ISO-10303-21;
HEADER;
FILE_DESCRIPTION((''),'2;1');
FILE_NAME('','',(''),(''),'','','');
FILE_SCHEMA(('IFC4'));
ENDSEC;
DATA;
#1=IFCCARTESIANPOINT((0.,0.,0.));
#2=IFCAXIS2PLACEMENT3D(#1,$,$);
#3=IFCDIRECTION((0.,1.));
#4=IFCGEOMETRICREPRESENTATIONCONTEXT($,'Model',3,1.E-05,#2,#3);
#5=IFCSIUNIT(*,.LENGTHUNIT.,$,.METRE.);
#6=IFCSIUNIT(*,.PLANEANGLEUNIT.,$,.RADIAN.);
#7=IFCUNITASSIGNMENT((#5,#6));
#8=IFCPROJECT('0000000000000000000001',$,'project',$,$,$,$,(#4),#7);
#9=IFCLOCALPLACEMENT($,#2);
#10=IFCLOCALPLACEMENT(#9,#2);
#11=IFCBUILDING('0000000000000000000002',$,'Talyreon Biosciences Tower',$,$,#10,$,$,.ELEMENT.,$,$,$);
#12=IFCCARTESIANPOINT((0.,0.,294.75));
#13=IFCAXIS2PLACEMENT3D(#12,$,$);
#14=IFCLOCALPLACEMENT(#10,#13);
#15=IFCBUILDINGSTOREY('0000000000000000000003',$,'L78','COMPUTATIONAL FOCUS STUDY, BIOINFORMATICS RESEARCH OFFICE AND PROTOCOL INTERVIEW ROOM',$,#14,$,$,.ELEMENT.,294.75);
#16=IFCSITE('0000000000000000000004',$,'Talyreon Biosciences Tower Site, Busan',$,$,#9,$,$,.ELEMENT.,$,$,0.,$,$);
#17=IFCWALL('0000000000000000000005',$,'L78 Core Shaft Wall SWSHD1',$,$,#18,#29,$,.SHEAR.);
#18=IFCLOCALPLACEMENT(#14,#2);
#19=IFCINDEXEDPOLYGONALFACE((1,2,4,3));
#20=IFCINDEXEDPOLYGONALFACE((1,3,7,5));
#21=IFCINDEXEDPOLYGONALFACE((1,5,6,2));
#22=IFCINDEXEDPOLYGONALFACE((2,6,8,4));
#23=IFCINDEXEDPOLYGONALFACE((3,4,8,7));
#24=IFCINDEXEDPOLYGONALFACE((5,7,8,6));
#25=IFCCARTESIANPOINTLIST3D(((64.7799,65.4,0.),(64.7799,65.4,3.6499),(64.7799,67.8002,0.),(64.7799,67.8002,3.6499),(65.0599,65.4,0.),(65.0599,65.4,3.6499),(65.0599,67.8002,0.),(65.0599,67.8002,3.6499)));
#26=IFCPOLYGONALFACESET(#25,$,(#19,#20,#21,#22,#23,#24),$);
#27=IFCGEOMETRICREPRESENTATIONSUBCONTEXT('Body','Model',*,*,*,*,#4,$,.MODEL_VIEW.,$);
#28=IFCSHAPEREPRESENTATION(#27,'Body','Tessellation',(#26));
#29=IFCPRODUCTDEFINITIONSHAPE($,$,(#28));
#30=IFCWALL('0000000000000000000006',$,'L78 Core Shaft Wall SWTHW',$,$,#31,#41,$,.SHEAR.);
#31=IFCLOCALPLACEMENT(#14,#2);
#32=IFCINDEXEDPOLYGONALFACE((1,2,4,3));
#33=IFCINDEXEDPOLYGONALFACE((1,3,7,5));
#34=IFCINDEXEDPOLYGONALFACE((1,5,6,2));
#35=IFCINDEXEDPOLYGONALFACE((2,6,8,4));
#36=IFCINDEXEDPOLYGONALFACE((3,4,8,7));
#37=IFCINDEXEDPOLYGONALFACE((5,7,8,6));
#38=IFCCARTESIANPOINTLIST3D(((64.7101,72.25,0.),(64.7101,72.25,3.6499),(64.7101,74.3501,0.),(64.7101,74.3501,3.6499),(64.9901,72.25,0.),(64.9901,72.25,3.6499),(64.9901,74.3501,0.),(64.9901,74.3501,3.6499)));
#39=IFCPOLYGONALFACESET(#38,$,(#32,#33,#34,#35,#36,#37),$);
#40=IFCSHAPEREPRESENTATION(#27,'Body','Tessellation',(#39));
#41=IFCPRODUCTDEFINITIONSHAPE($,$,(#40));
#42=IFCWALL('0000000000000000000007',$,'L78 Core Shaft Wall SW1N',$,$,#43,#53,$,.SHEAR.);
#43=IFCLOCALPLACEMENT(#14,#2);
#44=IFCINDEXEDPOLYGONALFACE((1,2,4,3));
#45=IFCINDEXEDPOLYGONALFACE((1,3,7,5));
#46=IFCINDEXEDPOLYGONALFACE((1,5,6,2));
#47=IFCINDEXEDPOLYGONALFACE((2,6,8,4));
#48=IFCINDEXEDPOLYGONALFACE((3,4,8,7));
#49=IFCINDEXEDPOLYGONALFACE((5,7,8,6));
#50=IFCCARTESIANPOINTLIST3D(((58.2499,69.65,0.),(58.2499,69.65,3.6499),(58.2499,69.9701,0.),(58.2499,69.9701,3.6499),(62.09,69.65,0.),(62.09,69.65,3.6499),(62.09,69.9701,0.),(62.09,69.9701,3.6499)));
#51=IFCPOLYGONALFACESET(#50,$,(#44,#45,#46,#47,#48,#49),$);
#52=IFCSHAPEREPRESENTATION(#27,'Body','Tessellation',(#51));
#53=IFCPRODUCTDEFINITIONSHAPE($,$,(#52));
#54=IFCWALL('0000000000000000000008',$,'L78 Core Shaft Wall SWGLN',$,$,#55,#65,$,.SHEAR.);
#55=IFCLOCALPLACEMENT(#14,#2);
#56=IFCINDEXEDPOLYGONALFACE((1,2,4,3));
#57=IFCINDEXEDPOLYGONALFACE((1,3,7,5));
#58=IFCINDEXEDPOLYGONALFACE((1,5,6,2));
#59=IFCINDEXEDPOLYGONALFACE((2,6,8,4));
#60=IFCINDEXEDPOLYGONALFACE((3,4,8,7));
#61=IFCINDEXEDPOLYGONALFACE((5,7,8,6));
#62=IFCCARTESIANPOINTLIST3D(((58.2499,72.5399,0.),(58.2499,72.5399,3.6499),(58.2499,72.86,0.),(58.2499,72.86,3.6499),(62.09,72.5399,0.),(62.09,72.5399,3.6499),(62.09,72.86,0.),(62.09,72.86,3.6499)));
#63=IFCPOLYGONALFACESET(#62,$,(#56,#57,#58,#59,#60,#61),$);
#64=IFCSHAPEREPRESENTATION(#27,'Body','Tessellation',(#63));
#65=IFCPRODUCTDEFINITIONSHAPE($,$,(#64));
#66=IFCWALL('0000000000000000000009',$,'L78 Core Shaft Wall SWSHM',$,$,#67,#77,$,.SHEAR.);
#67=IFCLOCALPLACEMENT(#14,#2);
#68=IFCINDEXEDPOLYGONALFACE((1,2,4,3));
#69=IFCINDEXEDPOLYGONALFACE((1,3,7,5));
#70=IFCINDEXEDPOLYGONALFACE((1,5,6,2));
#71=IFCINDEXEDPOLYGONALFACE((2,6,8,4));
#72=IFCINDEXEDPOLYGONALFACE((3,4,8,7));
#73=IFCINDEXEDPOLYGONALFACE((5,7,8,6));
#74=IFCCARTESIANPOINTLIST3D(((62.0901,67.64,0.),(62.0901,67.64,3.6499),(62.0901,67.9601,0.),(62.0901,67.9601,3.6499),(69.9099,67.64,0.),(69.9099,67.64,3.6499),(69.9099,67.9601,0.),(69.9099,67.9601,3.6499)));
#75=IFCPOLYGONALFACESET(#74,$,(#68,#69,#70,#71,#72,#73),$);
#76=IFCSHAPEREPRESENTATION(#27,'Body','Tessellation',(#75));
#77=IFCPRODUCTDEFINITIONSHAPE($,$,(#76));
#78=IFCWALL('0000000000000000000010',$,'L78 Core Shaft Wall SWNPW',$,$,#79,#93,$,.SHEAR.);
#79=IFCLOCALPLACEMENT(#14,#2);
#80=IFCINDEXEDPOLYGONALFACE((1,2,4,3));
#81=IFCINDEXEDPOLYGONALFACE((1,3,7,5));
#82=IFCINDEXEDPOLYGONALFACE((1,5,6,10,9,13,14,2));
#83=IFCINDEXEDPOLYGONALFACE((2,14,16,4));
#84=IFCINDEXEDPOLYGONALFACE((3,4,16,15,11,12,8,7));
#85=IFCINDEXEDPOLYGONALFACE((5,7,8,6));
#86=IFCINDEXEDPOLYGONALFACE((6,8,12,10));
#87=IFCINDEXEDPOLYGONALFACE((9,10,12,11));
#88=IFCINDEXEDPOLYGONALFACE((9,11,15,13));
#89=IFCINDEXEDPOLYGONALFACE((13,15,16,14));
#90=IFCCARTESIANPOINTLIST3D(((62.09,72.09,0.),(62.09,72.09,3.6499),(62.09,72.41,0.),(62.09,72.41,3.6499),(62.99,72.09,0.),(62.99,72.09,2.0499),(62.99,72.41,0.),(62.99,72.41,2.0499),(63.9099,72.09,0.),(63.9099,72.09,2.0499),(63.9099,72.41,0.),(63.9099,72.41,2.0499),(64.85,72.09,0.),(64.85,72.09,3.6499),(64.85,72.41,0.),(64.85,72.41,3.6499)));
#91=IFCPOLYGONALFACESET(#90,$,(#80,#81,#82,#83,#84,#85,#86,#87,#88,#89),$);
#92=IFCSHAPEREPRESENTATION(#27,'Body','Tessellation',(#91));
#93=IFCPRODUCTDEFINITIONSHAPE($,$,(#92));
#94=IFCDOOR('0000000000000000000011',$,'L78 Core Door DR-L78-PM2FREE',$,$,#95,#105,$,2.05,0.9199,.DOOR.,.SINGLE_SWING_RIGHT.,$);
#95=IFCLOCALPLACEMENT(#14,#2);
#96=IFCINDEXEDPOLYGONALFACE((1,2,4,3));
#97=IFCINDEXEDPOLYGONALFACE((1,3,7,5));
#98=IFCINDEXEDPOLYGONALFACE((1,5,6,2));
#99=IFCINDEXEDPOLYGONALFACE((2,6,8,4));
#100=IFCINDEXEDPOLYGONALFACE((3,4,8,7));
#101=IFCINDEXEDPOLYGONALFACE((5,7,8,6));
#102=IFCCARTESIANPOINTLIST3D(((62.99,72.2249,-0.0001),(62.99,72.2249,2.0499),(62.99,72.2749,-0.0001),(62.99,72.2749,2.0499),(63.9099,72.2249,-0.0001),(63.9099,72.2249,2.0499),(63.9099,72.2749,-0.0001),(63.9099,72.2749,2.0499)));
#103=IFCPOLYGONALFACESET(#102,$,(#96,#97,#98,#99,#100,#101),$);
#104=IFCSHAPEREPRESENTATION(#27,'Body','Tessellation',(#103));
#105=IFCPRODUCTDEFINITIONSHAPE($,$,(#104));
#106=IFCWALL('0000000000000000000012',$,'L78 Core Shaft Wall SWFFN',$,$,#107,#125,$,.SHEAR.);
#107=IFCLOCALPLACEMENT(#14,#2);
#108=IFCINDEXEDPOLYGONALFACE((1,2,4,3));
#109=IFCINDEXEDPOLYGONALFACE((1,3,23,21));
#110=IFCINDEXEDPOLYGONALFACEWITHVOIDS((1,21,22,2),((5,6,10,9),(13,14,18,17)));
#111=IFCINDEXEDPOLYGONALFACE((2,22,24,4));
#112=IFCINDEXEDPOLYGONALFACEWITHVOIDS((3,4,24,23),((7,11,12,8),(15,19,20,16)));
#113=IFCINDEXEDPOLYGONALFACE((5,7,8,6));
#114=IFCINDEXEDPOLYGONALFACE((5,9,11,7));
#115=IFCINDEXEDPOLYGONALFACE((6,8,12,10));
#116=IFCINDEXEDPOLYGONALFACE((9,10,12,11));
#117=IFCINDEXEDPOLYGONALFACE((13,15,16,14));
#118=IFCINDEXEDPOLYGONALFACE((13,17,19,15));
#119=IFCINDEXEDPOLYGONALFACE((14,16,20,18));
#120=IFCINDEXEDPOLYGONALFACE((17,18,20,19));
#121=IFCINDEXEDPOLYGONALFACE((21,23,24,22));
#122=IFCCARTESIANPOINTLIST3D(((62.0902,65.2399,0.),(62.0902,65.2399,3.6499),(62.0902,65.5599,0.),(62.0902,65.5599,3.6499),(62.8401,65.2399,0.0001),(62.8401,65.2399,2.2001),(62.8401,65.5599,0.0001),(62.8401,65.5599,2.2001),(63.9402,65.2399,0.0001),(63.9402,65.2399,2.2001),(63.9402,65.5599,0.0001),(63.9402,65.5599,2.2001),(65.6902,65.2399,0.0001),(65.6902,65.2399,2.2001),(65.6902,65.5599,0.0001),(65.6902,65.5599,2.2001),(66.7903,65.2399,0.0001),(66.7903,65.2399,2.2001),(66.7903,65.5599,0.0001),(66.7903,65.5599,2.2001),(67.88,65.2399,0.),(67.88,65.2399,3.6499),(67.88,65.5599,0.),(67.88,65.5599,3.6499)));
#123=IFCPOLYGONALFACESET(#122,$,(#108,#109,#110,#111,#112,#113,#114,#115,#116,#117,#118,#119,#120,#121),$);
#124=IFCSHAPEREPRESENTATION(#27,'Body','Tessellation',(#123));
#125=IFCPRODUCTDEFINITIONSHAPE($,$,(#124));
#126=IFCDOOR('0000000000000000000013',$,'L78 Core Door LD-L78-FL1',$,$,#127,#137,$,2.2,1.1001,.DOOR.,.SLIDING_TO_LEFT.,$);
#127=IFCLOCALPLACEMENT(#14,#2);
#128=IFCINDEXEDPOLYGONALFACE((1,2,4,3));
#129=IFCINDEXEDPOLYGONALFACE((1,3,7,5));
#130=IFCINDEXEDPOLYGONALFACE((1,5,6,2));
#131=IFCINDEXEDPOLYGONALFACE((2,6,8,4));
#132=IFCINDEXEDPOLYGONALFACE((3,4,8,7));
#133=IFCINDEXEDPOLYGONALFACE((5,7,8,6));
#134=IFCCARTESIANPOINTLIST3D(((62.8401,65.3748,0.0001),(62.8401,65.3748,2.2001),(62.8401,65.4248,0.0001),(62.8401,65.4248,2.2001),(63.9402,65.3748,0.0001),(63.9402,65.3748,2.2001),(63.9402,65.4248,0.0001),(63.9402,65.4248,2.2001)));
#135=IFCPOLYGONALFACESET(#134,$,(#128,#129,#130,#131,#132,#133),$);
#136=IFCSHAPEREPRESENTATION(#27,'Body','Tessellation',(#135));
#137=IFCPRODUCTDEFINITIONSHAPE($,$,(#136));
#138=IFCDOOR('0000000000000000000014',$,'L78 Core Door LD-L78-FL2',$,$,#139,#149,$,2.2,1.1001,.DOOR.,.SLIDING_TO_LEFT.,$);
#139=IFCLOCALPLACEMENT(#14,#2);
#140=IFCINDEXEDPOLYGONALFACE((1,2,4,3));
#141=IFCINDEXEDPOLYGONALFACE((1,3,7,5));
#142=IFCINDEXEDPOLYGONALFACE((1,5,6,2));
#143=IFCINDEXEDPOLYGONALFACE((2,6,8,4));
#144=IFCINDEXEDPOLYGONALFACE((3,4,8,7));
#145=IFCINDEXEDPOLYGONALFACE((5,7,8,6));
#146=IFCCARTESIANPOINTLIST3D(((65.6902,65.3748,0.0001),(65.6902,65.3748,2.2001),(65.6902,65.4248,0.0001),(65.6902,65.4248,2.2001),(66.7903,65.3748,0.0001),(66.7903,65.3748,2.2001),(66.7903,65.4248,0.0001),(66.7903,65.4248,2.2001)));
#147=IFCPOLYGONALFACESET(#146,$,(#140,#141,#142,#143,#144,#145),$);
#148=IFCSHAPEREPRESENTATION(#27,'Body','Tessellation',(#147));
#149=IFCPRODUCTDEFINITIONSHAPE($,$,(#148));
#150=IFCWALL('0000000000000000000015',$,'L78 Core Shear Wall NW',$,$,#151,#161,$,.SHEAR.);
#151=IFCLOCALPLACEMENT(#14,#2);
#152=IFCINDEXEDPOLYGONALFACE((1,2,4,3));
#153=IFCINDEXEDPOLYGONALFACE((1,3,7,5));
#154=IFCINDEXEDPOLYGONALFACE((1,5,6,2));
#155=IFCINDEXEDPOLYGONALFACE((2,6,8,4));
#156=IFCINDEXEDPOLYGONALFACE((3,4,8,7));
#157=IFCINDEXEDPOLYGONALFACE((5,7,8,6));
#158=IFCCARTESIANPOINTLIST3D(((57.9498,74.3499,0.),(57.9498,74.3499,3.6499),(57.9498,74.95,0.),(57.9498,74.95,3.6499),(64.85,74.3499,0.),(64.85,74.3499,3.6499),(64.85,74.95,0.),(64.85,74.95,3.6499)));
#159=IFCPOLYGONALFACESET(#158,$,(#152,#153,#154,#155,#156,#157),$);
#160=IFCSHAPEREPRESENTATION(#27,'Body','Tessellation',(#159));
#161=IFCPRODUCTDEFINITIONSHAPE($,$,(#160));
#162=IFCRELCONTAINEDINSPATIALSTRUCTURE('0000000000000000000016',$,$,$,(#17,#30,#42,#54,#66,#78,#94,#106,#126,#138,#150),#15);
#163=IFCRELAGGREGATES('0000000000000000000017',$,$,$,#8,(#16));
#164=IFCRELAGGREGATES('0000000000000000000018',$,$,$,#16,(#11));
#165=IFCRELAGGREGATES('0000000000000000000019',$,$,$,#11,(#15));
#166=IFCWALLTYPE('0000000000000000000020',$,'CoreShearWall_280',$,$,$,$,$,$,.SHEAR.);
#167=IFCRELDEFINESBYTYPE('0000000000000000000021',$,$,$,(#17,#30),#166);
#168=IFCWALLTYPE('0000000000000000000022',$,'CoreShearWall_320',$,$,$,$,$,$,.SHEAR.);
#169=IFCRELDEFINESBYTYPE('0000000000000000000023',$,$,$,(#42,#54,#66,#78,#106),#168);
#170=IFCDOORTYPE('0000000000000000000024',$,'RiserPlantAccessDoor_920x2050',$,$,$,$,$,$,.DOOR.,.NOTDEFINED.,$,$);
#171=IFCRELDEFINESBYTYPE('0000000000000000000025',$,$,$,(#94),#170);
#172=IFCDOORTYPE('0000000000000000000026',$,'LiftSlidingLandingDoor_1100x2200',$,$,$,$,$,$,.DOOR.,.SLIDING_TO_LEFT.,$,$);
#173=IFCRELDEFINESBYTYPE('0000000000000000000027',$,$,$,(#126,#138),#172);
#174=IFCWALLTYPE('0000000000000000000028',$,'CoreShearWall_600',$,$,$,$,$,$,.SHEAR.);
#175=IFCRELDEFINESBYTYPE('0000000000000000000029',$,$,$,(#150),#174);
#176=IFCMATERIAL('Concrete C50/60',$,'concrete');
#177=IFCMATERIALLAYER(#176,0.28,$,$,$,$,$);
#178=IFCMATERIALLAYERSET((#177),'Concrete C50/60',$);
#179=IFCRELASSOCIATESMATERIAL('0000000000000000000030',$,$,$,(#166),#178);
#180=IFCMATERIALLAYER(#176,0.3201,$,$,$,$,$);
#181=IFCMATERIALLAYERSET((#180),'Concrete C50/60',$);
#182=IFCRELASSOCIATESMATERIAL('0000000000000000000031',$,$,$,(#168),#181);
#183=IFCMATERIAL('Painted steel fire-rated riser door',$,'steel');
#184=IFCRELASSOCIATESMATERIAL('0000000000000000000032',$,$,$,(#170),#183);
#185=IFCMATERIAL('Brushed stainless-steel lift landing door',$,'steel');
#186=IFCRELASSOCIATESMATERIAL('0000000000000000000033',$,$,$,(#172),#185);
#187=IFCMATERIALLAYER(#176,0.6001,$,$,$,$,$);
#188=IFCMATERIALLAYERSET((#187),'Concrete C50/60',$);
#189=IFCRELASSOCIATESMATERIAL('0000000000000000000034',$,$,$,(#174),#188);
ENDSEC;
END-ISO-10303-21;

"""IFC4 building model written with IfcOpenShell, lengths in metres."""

from ifc_helpers import new_model, si_unit, direction, frame, frame_2d, origin, place, context, subcontext, project, spatial, rectangle, extrude, material, layer, layer_set, type_object, element, fill, save


model = new_model("IFC4")

# Units and contexts
model_context = context("Model", 3, precision=1e-05, world=origin(), true_north=direction((0.0, 1.0)))
body_context = subcontext(model_context, "Body", "Model", "MODEL_VIEW")
ifc_project = project(units=[si_unit("LENGTHUNIT", "METRE"), si_unit("PLANEANGLEUNIT", "RADIAN")], contexts=[model_context])

# Site, building, storey
site_placement = place(None, origin())
site = spatial("IfcSite", under=ifc_project, at=site_placement, Name="Talyreon Biosciences Tower Site, Busan", CompositionType="ELEMENT", RefElevation=0.0)
building_placement = place(site_placement, origin())
building = spatial("IfcBuilding", under=site, at=building_placement, Name="Talyreon Biosciences Tower", CompositionType="ELEMENT")
storey_placement = place(building_placement, frame((0.0, 0.0, 294.75)))
storey = spatial("IfcBuildingStorey", under=building, at=storey_placement, Name="L78", Description="COMPUTATIONAL FOCUS STUDY, BIOINFORMATICS RESEARCH OFFICE AND PROTOCOL INTERVIEW ROOM", CompositionType="ELEMENT", Elevation=294.75)

# Shared definitions
ifc_material_1 = material(Name="Concrete C50/60", Category="concrete")

# Walls
ifc_layer_1 = layer(ifc_material_1, 0.28)
ifc_layer_set_1 = layer_set([ifc_layer_1], Name="Concrete C50/60")
wall_type_1 = type_object("IfcWallType", Name="CoreShearWall_280", PredefinedType="SHEAR", material=ifc_layer_set_1)
wall_1_placement = place(storey_placement, frame((64.9199, 65.3999, 0.0), z_axis=(0.0, 0.0, 1.0), x_axis=(0.0, 1.0, 0.0)))
element("IfcWall", 1, at=wall_1_placement, inside=storey, type_object=wall_type_1, Name="L78 Core Shaft Wall SWSHD1", PredefinedType="SHEAR", context=body_context, shape_type="SweptSolid", body=[
    extrude(rectangle(XDim=2.4001, YDim=0.28, at=frame_2d((1.2002, 0.0))), origin(), (0.0, 0.0, 1.0), 3.6499),
])
wall_2_placement = place(storey_placement, frame((64.8501, 72.25, 0.0), z_axis=(0.0, 0.0, 1.0), x_axis=(0.0, 1.0, 0.0)))
element("IfcWall", 2, at=wall_2_placement, inside=storey, type_object=wall_type_1, Name="L78 Core Shaft Wall SWTHW", PredefinedType="SHEAR", context=body_context, shape_type="SweptSolid", body=[
    extrude(rectangle(XDim=2.1001, YDim=0.28, at=frame_2d((1.05, 0.0))), origin(), (0.0, 0.0, 1.0), 3.6499),
])
ifc_layer_2 = layer(ifc_material_1, 0.3201)
ifc_layer_set_2 = layer_set([ifc_layer_2], Name="Concrete C50/60")
wall_type_2 = type_object("IfcWallType", Name="CoreShearWall_320", PredefinedType="SHEAR", material=ifc_layer_set_2)
for number, where, z_axis, x_axis, name in (
    (3, (58.25, 69.8101, 0.0), (0.0, 0.0, 1.0), (1.0, 0.0, 0.0), "L78 Core Shaft Wall SW1N"),
    (4, (58.25, 72.7, 0.0), (0.0, 0.0, 1.0), (1.0, 0.0, 0.0), "L78 Core Shaft Wall SWGLN"),
):
    element("IfcWall", number, at=place(storey_placement, frame(where, z_axis=z_axis, x_axis=x_axis)), inside=storey, type_object=wall_type_2, Name=name, PredefinedType="SHEAR", context=body_context, shape_type="SweptSolid", body=[
        extrude(rectangle(XDim=3.8401, YDim=0.3201, at=frame_2d((1.9199, 0.0))), origin(), (0.0, 0.0, 1.0), 3.6499),
    ])
wall_3_placement = place(storey_placement, frame((62.0901, 67.8, 0.0), z_axis=(0.0, 0.0, 1.0), x_axis=(1.0, 0.0, 0.0)))
element("IfcWall", 5, at=wall_3_placement, inside=storey, type_object=wall_type_2, Name="L78 Core Shaft Wall SWSHM", PredefinedType="SHEAR", context=body_context, shape_type="SweptSolid", body=[
    extrude(rectangle(XDim=7.8198, YDim=0.3201, at=frame_2d((3.9099, 0.0))), origin(), (0.0, 0.0, 1.0), 3.6499),
])

# Wall, opening, door
wall_4_placement = place(storey_placement, frame((62.0901, 72.25, 0.0), z_axis=(0.0, 0.0, 1.0), x_axis=(1.0, 0.0, 0.0)))
wall_4 = element("IfcWall", 6, at=wall_4_placement, inside=storey, type_object=wall_type_2, Name="L78 Core Shaft Wall SWNPW", PredefinedType="SHEAR", context=body_context, shape_type="SweptSolid", body=[
    extrude(rectangle(XDim=2.76, YDim=0.3201, at=frame_2d((1.3799, 0.0))), origin(), (0.0, 0.0, 1.0), 3.6499),
])
opening_1_placement = place(wall_4_placement, frame((0.8999, 0.0, 0.0)))
opening_1 = element("IfcOpeningElement", 7, at=opening_1_placement, cuts=wall_4, PredefinedType="OPENING", context=body_context, shape_type="SweptSolid", body=[
    extrude(rectangle(XDim=0.9199, YDim=2.05, at=frame_2d((0.46, 1.0249))), frame((0.0, 0.1699, 0.0), z_axis=(0.0, -1.0, 0.0), x_axis=(1.0, 0.0, 0.0)), (0.0, 0.0, 1.0), 0.3401),
])
ifc_material_2 = material(Name="Painted steel fire-rated riser door", Category="steel")
door_type_1 = type_object("IfcDoorType", Name="RiserPlantAccessDoor_920x2050", OperationType="NOTDEFINED", PredefinedType="DOOR", material=ifc_material_2)
door_1_placement = place(opening_1_placement, origin())
door_1 = element("IfcDoor", 8, at=door_1_placement, inside=storey, type_object=door_type_1, Name="L78 Core Door DR-L78-PM2FREE", OperationType="SINGLE_SWING_RIGHT", OverallHeight=2.05, OverallWidth=0.9199, PredefinedType="DOOR", context=body_context, shape_type="SweptSolid", body=[
    extrude(rectangle(XDim=0.9199, YDim=2.05, at=frame_2d((0.46, 1.0249))), frame((0.0, 0.0249, 0.0), z_axis=(0.0, -1.0, 0.0), x_axis=(1.0, 0.0, 0.0)), (0.0, 0.0, 1.0), 0.05),
])
fill(opening_1, door_1)

# Wall, openings, doors
wall_5_placement = place(storey_placement, frame((62.0901, 65.3999, 0.0), z_axis=(0.0, 0.0, 1.0), x_axis=(1.0, 0.0, 0.0)))
wall_5 = element("IfcWall", 9, at=wall_5_placement, inside=storey, type_object=wall_type_2, Name="L78 Core Shaft Wall SWFFN", PredefinedType="SHEAR", context=body_context, shape_type="SweptSolid", body=[
    extrude(rectangle(XDim=5.7898, YDim=0.3201, at=frame_2d((2.895, 0.0))), origin(), (0.0, 0.0, 1.0), 3.6499),
])
opening_2_placement = place(wall_5_placement, frame((0.75, 0.0, 0.0)))
opening_2 = element("IfcOpeningElement", 10, at=opening_2_placement, cuts=wall_5, PredefinedType="OPENING", context=body_context, shape_type="SweptSolid", body=[
    extrude(rectangle(XDim=1.1001, YDim=2.2, at=frame_2d((0.55, 1.1001))), frame((0.0, 0.1699, 0.0), z_axis=(0.0, -1.0, 0.0), x_axis=(1.0, 0.0, 0.0)), (0.0, 0.0, 1.0), 0.3401),
])
opening_3_placement = place(wall_5_placement, frame((3.6001, 0.0, 0.0)))
opening_3 = element("IfcOpeningElement", 11, at=opening_3_placement, cuts=wall_5, PredefinedType="OPENING", context=body_context, shape_type="SweptSolid", body=[
    extrude(rectangle(XDim=1.1001, YDim=2.2, at=frame_2d((0.55, 1.1001))), frame((0.0, 0.1699, 0.0), z_axis=(0.0, -1.0, 0.0), x_axis=(1.0, 0.0, 0.0)), (0.0, 0.0, 1.0), 0.3401),
])
ifc_material_3 = material(Name="Brushed stainless-steel lift landing door", Category="steel")
door_type_2 = type_object("IfcDoorType", Name="LiftSlidingLandingDoor_1100x2200", OperationType="SLIDING_TO_LEFT", PredefinedType="DOOR", material=ifc_material_3)
door_2_placement = place(opening_2_placement, origin())
door_2 = element("IfcDoor", 12, at=door_2_placement, inside=storey, type_object=door_type_2, Name="L78 Core Door LD-L78-FL1", OperationType="SLIDING_TO_LEFT", OverallHeight=2.2, OverallWidth=1.1001, PredefinedType="DOOR", context=body_context, shape_type="SweptSolid", body=[
    extrude(rectangle(XDim=1.1001, YDim=2.2, at=frame_2d((0.55, 1.1001))), frame((0.0, 0.0249, 0.0), z_axis=(0.0, -1.0, 0.0), x_axis=(1.0, 0.0, 0.0)), (0.0, 0.0, 1.0), 0.05),
])
fill(opening_2, door_2)
door_3_placement = place(opening_3_placement, origin())
door_3 = element("IfcDoor", 13, at=door_3_placement, inside=storey, type_object=door_type_2, Name="L78 Core Door LD-L78-FL2", OperationType="SLIDING_TO_LEFT", OverallHeight=2.2, OverallWidth=1.1001, PredefinedType="DOOR", context=body_context, shape_type="SweptSolid", body=[
    extrude(rectangle(XDim=1.1001, YDim=2.2, at=frame_2d((0.55, 1.1001))), frame((0.0, 0.0249, 0.0), z_axis=(0.0, -1.0, 0.0), x_axis=(1.0, 0.0, 0.0)), (0.0, 0.0, 1.0), 0.05),
])
fill(opening_3, door_3)

# Wall
ifc_layer_3 = layer(ifc_material_1, 0.6001)
ifc_layer_set_3 = layer_set([ifc_layer_3], Name="Concrete C50/60")
wall_type_3 = type_object("IfcWallType", Name="CoreShearWall_600", PredefinedType="SHEAR", material=ifc_layer_set_3)
wall_6_placement = place(storey_placement, frame((64.8501, 74.6499, 0.0), z_axis=(0.0, 0.0, 1.0), x_axis=(-1.0, 0.0, 0.0)))
element("IfcWall", 14, at=wall_6_placement, inside=storey, type_object=wall_type_3, Name="L78 Core Shear Wall NW", PredefinedType="SHEAR", context=body_context, shape_type="SweptSolid", body=[
    extrude(rectangle(XDim=6.9001, YDim=0.6001, at=frame_2d((3.4502, 0.0))), origin(), (0.0, 0.0, 1.0), 3.6499),
])

save(model, "model.ifc")
